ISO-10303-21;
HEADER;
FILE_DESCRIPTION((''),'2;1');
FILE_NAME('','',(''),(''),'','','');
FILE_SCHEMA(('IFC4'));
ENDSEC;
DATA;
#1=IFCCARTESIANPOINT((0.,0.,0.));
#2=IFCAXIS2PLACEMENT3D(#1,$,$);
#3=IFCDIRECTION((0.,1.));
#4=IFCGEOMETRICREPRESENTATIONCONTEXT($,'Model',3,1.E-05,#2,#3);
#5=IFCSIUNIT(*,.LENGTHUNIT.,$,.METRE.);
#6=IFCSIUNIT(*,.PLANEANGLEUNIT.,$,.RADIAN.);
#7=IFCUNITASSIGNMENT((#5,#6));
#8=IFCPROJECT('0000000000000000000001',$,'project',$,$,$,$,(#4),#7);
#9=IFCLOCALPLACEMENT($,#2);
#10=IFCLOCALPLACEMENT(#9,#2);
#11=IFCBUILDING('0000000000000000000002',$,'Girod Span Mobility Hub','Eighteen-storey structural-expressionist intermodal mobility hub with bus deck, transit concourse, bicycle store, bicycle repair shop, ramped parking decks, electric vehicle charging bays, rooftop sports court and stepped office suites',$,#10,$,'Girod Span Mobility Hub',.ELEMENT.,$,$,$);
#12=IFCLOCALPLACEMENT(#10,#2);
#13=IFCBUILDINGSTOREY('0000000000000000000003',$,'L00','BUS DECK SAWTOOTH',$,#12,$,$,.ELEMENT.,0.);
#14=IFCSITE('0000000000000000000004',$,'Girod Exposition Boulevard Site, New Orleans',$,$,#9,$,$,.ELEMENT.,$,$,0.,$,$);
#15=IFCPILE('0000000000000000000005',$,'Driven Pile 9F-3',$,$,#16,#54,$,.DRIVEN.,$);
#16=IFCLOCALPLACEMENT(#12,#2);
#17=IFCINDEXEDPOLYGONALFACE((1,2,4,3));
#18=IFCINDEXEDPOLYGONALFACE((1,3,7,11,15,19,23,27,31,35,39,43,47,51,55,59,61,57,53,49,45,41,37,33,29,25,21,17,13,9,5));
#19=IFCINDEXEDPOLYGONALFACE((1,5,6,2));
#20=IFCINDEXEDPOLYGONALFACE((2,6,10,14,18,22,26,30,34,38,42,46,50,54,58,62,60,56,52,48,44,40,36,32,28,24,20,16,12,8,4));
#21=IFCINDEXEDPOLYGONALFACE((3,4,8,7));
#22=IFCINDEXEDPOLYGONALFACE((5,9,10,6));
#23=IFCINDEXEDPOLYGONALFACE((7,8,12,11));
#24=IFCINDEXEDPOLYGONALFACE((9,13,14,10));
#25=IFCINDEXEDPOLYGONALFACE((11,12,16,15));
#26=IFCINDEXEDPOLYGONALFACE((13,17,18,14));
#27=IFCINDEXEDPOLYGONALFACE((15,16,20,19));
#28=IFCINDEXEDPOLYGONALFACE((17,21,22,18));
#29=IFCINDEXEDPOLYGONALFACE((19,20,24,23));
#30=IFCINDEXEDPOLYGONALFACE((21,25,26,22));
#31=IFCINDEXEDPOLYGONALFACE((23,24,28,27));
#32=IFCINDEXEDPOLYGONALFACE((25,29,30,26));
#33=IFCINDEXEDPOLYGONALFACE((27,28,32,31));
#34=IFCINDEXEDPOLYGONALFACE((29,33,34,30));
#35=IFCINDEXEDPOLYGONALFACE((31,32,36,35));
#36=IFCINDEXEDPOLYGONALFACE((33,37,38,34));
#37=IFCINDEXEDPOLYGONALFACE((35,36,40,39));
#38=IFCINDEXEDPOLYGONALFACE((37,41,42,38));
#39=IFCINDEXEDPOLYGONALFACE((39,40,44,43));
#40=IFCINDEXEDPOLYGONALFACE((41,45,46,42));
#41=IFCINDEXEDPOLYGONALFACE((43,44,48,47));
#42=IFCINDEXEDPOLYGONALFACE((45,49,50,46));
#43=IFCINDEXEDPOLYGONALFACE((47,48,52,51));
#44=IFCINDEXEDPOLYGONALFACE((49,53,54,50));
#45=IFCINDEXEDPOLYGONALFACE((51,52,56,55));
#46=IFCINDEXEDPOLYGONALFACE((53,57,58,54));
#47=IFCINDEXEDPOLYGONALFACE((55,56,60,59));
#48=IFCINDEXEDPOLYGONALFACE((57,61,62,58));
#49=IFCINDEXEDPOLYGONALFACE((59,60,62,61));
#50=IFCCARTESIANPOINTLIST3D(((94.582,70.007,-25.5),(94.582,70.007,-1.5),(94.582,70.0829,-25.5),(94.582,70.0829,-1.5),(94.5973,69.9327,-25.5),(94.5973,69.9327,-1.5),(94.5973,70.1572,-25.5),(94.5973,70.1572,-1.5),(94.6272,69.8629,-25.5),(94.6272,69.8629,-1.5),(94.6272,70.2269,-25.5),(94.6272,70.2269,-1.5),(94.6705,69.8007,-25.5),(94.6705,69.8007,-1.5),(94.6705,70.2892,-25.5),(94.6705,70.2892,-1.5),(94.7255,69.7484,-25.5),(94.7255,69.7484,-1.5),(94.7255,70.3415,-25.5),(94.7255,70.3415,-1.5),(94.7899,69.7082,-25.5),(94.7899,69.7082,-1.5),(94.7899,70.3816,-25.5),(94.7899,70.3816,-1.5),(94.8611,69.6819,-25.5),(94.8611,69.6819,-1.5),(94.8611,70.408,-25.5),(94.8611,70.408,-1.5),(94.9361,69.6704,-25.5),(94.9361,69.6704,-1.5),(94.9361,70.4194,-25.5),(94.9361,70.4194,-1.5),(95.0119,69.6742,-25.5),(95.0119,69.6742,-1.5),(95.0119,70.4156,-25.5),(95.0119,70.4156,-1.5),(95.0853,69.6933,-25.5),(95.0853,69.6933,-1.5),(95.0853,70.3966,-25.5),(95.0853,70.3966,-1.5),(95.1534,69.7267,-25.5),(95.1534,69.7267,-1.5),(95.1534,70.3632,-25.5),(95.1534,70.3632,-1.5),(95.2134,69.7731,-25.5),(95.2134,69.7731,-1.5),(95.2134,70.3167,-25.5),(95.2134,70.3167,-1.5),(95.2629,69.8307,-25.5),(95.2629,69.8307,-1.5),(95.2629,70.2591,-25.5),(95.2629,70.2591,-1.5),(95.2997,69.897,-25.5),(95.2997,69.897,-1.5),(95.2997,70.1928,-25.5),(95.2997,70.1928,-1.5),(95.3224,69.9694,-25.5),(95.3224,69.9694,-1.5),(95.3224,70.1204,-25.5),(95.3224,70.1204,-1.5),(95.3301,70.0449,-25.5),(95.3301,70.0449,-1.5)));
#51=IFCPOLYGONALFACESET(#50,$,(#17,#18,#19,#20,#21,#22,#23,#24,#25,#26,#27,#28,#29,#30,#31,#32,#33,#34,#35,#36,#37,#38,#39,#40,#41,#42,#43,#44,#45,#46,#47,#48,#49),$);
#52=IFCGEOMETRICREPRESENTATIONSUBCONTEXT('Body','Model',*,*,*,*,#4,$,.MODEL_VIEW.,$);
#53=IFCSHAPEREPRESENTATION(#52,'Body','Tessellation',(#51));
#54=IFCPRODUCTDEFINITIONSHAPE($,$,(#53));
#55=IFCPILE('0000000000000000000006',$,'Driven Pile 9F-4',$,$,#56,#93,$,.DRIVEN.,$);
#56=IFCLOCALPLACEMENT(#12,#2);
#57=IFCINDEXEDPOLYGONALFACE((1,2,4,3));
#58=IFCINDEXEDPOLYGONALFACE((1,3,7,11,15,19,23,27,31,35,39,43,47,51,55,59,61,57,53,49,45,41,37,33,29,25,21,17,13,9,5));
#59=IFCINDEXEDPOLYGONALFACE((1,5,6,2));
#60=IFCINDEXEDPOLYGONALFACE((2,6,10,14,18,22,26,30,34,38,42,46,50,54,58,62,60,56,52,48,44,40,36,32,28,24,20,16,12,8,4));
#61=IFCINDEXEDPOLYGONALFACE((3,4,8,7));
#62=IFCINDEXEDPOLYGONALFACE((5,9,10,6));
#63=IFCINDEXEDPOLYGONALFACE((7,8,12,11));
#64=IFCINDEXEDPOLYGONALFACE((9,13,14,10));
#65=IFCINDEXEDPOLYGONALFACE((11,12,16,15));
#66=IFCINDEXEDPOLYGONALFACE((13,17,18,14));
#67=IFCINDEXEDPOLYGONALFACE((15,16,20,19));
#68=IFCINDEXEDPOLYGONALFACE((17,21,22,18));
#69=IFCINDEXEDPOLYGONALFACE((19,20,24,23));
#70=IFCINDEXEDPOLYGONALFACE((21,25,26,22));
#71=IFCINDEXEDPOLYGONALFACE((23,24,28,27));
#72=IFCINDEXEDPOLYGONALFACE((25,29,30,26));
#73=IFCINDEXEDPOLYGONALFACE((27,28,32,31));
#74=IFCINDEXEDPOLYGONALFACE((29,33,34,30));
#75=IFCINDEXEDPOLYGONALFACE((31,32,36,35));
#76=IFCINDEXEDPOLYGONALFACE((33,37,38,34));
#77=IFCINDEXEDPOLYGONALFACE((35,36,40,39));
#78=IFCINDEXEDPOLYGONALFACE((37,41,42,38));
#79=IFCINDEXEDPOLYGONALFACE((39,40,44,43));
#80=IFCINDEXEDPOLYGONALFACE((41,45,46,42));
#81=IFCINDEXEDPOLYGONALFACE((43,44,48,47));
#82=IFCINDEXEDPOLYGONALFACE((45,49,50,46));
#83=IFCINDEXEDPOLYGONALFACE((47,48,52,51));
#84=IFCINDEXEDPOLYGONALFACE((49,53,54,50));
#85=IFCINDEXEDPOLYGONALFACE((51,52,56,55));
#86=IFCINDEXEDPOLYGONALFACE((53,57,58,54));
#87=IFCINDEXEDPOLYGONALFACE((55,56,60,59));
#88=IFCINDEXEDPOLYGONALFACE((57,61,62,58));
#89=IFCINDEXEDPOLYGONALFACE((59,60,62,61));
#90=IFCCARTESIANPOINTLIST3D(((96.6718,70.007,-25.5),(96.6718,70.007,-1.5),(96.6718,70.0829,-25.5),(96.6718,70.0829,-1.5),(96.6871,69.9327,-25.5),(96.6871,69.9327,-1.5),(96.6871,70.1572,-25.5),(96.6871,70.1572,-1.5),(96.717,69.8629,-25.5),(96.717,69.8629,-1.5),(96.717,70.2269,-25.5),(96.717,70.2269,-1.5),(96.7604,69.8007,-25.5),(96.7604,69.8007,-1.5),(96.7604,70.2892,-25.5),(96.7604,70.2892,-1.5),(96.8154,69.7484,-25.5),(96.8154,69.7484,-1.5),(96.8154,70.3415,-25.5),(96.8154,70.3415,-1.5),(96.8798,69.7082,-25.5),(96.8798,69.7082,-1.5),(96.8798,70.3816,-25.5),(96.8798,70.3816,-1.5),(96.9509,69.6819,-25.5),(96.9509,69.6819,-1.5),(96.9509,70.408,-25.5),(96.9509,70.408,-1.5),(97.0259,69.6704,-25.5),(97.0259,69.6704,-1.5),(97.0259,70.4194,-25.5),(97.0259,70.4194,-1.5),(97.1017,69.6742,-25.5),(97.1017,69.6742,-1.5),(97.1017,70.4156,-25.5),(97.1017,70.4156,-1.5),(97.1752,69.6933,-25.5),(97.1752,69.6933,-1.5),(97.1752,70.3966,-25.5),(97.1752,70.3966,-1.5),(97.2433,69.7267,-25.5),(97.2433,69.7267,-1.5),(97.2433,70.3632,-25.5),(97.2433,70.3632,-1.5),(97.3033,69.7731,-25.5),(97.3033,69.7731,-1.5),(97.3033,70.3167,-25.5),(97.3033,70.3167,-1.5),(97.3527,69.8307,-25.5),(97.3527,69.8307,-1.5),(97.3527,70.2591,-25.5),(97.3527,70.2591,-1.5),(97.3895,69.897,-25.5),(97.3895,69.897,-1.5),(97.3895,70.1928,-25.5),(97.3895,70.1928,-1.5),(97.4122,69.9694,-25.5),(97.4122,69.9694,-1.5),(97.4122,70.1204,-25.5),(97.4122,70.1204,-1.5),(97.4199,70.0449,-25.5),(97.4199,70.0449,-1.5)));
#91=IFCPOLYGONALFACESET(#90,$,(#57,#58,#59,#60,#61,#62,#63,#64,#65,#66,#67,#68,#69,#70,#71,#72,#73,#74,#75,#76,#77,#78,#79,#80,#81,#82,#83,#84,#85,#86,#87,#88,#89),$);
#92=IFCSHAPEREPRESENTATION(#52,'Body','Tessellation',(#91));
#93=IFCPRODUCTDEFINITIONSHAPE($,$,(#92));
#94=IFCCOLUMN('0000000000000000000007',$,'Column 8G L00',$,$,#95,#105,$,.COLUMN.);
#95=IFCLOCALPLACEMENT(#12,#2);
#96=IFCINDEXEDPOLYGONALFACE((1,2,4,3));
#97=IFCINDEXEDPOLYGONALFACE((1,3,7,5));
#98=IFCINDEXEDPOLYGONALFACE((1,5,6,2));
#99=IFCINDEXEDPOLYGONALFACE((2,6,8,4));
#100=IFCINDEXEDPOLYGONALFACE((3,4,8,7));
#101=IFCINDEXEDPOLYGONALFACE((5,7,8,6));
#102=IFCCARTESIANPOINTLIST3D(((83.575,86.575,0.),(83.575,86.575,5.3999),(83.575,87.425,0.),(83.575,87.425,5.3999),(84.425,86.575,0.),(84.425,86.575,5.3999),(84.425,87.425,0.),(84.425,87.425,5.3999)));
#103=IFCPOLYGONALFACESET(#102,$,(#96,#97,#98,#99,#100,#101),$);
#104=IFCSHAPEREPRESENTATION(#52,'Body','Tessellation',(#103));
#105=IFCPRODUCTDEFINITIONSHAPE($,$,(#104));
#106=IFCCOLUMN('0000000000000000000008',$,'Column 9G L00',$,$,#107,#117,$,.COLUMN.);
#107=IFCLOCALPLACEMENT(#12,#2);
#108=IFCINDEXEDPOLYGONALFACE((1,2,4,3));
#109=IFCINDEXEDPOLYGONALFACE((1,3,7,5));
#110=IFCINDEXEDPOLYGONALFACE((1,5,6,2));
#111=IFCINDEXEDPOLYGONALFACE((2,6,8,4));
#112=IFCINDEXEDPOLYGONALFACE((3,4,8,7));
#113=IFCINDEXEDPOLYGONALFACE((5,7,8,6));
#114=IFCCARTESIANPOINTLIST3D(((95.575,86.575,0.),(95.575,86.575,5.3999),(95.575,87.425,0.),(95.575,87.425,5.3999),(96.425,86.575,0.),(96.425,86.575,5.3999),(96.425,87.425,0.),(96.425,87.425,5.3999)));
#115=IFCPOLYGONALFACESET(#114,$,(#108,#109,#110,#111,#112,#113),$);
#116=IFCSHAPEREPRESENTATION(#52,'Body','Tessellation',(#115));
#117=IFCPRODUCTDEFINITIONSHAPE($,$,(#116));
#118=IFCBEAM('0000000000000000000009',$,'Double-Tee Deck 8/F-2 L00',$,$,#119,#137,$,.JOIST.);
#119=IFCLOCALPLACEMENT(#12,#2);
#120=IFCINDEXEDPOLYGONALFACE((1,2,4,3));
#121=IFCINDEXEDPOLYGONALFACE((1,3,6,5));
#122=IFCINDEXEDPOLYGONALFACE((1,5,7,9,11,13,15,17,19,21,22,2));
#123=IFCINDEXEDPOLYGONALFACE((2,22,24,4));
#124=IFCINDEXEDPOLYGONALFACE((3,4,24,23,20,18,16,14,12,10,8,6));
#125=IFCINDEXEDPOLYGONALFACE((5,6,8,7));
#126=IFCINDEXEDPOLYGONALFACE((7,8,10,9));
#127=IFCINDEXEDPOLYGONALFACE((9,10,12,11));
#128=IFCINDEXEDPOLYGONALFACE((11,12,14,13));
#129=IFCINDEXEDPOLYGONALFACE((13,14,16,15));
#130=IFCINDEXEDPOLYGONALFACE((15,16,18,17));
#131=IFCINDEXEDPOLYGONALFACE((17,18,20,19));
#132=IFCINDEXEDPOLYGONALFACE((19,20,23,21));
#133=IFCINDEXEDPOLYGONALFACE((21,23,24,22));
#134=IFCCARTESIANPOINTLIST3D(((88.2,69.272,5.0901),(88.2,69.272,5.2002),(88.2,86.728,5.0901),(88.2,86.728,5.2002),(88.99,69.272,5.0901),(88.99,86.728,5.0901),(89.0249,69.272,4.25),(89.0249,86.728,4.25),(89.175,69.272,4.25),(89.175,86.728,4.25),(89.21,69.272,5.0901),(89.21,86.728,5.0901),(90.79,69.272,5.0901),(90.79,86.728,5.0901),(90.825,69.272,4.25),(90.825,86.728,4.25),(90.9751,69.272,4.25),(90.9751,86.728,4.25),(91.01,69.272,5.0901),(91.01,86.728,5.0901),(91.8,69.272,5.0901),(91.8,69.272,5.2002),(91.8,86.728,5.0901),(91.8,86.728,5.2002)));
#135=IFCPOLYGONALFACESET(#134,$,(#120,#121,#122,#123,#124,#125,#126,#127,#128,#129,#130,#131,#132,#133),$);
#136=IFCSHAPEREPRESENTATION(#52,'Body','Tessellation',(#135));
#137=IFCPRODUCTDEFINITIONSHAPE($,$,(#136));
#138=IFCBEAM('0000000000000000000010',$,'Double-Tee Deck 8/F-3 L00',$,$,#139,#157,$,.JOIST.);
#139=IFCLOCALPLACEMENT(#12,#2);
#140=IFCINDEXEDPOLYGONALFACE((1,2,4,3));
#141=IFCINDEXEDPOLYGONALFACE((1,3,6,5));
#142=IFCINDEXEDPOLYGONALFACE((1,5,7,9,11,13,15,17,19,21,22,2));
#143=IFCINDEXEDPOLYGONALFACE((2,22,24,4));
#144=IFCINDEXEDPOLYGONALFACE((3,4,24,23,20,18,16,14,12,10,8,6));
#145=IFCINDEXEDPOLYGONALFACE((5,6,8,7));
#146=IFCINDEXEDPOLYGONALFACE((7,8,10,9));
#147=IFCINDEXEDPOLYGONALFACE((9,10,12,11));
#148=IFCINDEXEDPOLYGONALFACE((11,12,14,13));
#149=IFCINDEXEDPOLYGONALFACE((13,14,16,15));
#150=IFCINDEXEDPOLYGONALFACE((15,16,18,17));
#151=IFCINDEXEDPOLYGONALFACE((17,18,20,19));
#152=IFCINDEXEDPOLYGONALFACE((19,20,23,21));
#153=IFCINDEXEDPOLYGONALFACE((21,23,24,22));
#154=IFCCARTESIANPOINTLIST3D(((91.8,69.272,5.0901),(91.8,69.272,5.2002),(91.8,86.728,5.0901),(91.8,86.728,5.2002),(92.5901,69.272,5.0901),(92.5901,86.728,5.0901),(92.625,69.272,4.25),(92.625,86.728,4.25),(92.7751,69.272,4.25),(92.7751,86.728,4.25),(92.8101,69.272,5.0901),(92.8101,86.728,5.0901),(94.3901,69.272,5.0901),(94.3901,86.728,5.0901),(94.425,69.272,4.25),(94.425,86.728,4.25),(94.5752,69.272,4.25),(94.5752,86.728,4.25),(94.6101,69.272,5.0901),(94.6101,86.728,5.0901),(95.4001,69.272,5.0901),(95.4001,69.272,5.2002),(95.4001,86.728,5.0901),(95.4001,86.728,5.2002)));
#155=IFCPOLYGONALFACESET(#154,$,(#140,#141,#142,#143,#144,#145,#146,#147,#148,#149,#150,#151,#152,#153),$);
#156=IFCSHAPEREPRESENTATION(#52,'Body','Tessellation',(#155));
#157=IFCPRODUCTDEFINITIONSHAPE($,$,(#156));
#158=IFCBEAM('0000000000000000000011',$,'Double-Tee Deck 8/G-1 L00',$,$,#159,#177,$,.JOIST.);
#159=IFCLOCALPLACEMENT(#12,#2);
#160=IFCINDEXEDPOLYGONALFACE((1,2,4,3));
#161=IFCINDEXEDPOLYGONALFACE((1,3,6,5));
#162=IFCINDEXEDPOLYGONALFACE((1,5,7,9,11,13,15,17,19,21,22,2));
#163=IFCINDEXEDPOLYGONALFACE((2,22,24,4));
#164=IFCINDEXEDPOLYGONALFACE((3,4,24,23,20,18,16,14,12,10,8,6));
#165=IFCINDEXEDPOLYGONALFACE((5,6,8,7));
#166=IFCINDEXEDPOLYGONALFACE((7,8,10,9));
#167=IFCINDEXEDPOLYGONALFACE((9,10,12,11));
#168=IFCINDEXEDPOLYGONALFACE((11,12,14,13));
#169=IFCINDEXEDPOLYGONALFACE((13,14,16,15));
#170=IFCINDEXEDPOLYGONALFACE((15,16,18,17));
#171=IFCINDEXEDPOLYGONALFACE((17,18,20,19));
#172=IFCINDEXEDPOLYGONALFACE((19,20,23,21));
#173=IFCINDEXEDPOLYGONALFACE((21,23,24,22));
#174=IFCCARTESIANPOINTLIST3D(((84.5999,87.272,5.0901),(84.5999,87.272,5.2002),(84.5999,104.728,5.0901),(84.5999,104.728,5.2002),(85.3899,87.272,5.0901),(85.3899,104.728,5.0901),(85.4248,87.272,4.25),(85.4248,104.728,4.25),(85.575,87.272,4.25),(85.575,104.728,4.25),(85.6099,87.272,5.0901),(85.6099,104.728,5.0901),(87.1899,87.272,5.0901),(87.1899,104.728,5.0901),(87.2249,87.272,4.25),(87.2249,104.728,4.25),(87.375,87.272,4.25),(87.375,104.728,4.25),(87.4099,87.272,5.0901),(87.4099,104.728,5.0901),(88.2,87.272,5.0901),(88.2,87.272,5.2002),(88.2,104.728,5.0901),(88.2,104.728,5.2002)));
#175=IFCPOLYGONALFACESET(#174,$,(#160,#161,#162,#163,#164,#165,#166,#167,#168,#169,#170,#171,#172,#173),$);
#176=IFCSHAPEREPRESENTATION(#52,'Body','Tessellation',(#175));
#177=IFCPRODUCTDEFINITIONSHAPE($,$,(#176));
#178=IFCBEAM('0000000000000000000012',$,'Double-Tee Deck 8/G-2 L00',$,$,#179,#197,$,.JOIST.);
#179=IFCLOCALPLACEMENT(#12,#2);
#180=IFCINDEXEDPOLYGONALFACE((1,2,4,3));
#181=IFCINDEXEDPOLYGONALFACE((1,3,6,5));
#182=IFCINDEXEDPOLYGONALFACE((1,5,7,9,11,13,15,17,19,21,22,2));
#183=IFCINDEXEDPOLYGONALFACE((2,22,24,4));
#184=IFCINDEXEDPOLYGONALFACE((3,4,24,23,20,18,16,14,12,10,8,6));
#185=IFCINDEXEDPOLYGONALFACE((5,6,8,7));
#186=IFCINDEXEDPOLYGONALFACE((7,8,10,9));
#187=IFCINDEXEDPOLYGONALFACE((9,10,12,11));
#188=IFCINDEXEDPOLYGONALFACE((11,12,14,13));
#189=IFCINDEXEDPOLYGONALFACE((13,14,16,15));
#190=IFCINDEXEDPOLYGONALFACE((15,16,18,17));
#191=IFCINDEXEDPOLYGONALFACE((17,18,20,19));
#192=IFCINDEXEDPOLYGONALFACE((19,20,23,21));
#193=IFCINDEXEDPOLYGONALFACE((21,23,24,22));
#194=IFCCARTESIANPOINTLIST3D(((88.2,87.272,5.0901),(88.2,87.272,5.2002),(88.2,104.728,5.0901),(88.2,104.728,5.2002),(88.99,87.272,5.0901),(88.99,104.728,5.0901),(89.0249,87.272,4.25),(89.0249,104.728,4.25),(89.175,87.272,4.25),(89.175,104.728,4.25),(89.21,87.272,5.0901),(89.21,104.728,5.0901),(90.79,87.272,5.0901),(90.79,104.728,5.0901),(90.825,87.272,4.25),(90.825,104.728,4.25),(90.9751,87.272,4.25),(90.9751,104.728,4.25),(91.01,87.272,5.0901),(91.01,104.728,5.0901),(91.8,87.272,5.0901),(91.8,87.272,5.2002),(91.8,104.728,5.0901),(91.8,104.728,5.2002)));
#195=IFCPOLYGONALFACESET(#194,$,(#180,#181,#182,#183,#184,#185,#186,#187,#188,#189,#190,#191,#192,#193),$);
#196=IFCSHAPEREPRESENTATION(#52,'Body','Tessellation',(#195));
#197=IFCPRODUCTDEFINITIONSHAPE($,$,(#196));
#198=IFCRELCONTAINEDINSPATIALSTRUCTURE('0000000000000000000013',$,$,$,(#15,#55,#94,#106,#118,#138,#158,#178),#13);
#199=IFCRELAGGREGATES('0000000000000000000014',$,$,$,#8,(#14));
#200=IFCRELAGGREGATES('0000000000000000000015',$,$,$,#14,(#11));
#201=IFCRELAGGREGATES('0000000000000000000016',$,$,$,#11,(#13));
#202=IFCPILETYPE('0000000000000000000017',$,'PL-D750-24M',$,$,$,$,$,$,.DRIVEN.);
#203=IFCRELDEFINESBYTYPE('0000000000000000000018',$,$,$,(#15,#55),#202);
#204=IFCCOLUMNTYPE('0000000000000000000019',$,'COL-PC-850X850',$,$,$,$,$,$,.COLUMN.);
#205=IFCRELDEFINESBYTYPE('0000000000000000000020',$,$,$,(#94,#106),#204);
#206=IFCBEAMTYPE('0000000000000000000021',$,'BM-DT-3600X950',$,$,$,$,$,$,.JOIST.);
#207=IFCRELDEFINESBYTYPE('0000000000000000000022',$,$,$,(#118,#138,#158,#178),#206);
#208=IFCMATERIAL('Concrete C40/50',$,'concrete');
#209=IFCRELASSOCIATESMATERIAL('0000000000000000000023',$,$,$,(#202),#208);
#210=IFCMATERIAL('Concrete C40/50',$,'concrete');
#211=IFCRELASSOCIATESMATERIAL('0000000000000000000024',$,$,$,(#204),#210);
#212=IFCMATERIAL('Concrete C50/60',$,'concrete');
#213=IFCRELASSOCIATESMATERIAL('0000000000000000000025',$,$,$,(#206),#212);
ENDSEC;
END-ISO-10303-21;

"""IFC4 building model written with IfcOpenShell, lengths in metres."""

from ifc_helpers import new_model, si_unit, direction, frame, origin, origin_2d, place, context, subcontext, project, spatial, polyline, rectangle, circle, outline, extrude, material, material_profile, profile_set, type_object, element, save


model = new_model("IFC4")

# Units and contexts
model_context = context("Model", 3, precision=1e-05, world=origin(), true_north=direction((0.0, 1.0)))
body_context = subcontext(model_context, "Body", "Model", "MODEL_VIEW")
ifc_project = project(units=[si_unit("LENGTHUNIT", "METRE"), si_unit("PLANEANGLEUNIT", "RADIAN")], contexts=[model_context])

# Site, building, storey
site_placement = place(None, origin())
site = spatial("IfcSite", under=ifc_project, at=site_placement, Name="Girod Exposition Boulevard Site, New Orleans", CompositionType="ELEMENT", RefElevation=0.0)
building_placement = place(site_placement, origin())
building = spatial("IfcBuilding", under=site, at=building_placement, Name="Girod Span Mobility Hub", Description="Eighteen-storey structural-expressionist intermodal mobility hub with bus deck, transit concourse, bicycle store, bicycle repair shop, ramped parking decks, electric vehicle charging bays, rooftop sports court and stepped office suites", LongName="Girod Span Mobility Hub", CompositionType="ELEMENT")
storey_placement = place(building_placement, origin())
storey = spatial("IfcBuildingStorey", under=building, at=storey_placement, Name="L00", Description="BUS DECK SAWTOOTH", CompositionType="ELEMENT", Elevation=0.0)

# Piles
ifc_material_1 = material(Name="Concrete C40/50", Category="concrete")
ifc_material_profile_1 = material_profile(ifc_material_1, circle(Radius=0.375, at=origin_2d()), Name="PILE-D750")
ifc_profile_set_1 = profile_set([ifc_material_profile_1], Name="Concrete C40/50")
pile_type_1 = type_object("IfcPileType", Name="PL-D750-24M", PredefinedType="DRIVEN", material=ifc_profile_set_1)
for number, where, z_axis, x_axis, name in (
    (1, (94.9551, 70.0449, -1.5), (0.0, 0.0, -1.0), (1.0, 0.0, 0.0), "Driven Pile 9F-3"),
    (2, (97.0449, 70.0449, -1.5), (0.0, 0.0, -1.0), (1.0, 0.0, 0.0), "Driven Pile 9F-4"),
):
    element("IfcPile", number, at=place(storey_placement, frame(where, z_axis=z_axis, x_axis=x_axis)), inside=storey, type_object=pile_type_1, Name=name, PredefinedType="DRIVEN", context=body_context, shape_type="SweptSolid", body=[
        extrude(circle(Radius=0.375, at=origin_2d()), origin(), (0.0, 0.0, 1.0), 24.0),
    ])

# Columns
ifc_material_2 = material(Name="Concrete C40/50", Category="concrete")
ifc_material_profile_2 = material_profile(ifc_material_2, rectangle(XDim=0.8501, YDim=0.8501, at=origin_2d()), Name="PC-COL-850X850")
ifc_profile_set_2 = profile_set([ifc_material_profile_2], Name="Concrete C40/50")
column_type = type_object("IfcColumnType", Name="COL-PC-850X850", PredefinedType="COLUMN", material=ifc_profile_set_2)
for number, where, z_axis, x_axis, name in (
    (3, (84.0, 87.0, 0.0), (0.0, 0.0, 1.0), (1.0, 0.0, 0.0), "Column 8G L00"),
    (4, (96.0, 87.0, 0.0), (0.0, 0.0, 1.0), (1.0, 0.0, 0.0), "Column 9G L00"),
):
    element("IfcColumn", number, at=place(storey_placement, frame(where, z_axis=z_axis, x_axis=x_axis)), inside=storey, type_object=column_type, Name=name, PredefinedType="COLUMN", context=body_context, shape_type="SweptSolid", body=[
        extrude(rectangle(XDim=0.8501, YDim=0.8501, at=origin_2d()), origin(), (0.0, 0.0, 1.0), 5.3999),
    ])

# Beams
ifc_material_3 = material(Name="Concrete C50/60", Category="concrete")
ifc_material_profile_3 = material_profile(ifc_material_3, outline(polyline([(-1.8, 0.4751), (-1.8, 0.365), (-1.01, 0.365), (-0.9751, -0.4751), (-0.825, -0.4751), (-0.79, 0.365), (0.79, 0.365), (0.825, -0.4751), (0.9751, -0.4751), (1.01, 0.365), (1.8, 0.365), (1.8, 0.4751), (-1.8, 0.4751)])), Name="DT-3600X950")
ifc_profile_set_3 = profile_set([ifc_material_profile_3], Name="Concrete C50/60")
beam_type_1 = type_object("IfcBeamType", Name="BM-DT-3600X950", PredefinedType="JOIST", material=ifc_profile_set_3)
for number, where, z_axis, x_axis, name in (
    (5, (90.0, 69.272, 4.7251), (0.0, 1.0, 0.0), (-1.0, 0.0, 0.0), "Double-Tee Deck 8/F-2 L00"),
    (6, (93.6001, 69.272, 4.7251), (0.0, 1.0, 0.0), (-1.0, 0.0, 0.0), "Double-Tee Deck 8/F-3 L00"),
    (7, (86.3999, 87.272, 4.7251), (0.0, 1.0, 0.0), (-1.0, 0.0, 0.0), "Double-Tee Deck 8/G-1 L00"),
    (8, (90.0, 87.272, 4.7251), (0.0, 1.0, 0.0), (-1.0, 0.0, 0.0), "Double-Tee Deck 8/G-2 L00"),
):
    element("IfcBeam", number, at=place(storey_placement, frame(where, z_axis=z_axis, x_axis=x_axis)), inside=storey, type_object=beam_type_1, Name=name, PredefinedType="JOIST", context=body_context, shape_type="SweptSolid", body=[
        extrude(outline(polyline([(-1.8, 0.4751), (-1.8, 0.365), (-1.01, 0.365), (-0.9751, -0.4751), (-0.825, -0.4751), (-0.79, 0.365), (0.79, 0.365), (0.825, -0.4751), (0.9751, -0.4751), (1.01, 0.365), (1.8, 0.365), (1.8, 0.4751), (-1.8, 0.4751)])), origin(), (0.0, 0.0, 1.0), 17.4561),
    ])

save(model, "model.ifc")
